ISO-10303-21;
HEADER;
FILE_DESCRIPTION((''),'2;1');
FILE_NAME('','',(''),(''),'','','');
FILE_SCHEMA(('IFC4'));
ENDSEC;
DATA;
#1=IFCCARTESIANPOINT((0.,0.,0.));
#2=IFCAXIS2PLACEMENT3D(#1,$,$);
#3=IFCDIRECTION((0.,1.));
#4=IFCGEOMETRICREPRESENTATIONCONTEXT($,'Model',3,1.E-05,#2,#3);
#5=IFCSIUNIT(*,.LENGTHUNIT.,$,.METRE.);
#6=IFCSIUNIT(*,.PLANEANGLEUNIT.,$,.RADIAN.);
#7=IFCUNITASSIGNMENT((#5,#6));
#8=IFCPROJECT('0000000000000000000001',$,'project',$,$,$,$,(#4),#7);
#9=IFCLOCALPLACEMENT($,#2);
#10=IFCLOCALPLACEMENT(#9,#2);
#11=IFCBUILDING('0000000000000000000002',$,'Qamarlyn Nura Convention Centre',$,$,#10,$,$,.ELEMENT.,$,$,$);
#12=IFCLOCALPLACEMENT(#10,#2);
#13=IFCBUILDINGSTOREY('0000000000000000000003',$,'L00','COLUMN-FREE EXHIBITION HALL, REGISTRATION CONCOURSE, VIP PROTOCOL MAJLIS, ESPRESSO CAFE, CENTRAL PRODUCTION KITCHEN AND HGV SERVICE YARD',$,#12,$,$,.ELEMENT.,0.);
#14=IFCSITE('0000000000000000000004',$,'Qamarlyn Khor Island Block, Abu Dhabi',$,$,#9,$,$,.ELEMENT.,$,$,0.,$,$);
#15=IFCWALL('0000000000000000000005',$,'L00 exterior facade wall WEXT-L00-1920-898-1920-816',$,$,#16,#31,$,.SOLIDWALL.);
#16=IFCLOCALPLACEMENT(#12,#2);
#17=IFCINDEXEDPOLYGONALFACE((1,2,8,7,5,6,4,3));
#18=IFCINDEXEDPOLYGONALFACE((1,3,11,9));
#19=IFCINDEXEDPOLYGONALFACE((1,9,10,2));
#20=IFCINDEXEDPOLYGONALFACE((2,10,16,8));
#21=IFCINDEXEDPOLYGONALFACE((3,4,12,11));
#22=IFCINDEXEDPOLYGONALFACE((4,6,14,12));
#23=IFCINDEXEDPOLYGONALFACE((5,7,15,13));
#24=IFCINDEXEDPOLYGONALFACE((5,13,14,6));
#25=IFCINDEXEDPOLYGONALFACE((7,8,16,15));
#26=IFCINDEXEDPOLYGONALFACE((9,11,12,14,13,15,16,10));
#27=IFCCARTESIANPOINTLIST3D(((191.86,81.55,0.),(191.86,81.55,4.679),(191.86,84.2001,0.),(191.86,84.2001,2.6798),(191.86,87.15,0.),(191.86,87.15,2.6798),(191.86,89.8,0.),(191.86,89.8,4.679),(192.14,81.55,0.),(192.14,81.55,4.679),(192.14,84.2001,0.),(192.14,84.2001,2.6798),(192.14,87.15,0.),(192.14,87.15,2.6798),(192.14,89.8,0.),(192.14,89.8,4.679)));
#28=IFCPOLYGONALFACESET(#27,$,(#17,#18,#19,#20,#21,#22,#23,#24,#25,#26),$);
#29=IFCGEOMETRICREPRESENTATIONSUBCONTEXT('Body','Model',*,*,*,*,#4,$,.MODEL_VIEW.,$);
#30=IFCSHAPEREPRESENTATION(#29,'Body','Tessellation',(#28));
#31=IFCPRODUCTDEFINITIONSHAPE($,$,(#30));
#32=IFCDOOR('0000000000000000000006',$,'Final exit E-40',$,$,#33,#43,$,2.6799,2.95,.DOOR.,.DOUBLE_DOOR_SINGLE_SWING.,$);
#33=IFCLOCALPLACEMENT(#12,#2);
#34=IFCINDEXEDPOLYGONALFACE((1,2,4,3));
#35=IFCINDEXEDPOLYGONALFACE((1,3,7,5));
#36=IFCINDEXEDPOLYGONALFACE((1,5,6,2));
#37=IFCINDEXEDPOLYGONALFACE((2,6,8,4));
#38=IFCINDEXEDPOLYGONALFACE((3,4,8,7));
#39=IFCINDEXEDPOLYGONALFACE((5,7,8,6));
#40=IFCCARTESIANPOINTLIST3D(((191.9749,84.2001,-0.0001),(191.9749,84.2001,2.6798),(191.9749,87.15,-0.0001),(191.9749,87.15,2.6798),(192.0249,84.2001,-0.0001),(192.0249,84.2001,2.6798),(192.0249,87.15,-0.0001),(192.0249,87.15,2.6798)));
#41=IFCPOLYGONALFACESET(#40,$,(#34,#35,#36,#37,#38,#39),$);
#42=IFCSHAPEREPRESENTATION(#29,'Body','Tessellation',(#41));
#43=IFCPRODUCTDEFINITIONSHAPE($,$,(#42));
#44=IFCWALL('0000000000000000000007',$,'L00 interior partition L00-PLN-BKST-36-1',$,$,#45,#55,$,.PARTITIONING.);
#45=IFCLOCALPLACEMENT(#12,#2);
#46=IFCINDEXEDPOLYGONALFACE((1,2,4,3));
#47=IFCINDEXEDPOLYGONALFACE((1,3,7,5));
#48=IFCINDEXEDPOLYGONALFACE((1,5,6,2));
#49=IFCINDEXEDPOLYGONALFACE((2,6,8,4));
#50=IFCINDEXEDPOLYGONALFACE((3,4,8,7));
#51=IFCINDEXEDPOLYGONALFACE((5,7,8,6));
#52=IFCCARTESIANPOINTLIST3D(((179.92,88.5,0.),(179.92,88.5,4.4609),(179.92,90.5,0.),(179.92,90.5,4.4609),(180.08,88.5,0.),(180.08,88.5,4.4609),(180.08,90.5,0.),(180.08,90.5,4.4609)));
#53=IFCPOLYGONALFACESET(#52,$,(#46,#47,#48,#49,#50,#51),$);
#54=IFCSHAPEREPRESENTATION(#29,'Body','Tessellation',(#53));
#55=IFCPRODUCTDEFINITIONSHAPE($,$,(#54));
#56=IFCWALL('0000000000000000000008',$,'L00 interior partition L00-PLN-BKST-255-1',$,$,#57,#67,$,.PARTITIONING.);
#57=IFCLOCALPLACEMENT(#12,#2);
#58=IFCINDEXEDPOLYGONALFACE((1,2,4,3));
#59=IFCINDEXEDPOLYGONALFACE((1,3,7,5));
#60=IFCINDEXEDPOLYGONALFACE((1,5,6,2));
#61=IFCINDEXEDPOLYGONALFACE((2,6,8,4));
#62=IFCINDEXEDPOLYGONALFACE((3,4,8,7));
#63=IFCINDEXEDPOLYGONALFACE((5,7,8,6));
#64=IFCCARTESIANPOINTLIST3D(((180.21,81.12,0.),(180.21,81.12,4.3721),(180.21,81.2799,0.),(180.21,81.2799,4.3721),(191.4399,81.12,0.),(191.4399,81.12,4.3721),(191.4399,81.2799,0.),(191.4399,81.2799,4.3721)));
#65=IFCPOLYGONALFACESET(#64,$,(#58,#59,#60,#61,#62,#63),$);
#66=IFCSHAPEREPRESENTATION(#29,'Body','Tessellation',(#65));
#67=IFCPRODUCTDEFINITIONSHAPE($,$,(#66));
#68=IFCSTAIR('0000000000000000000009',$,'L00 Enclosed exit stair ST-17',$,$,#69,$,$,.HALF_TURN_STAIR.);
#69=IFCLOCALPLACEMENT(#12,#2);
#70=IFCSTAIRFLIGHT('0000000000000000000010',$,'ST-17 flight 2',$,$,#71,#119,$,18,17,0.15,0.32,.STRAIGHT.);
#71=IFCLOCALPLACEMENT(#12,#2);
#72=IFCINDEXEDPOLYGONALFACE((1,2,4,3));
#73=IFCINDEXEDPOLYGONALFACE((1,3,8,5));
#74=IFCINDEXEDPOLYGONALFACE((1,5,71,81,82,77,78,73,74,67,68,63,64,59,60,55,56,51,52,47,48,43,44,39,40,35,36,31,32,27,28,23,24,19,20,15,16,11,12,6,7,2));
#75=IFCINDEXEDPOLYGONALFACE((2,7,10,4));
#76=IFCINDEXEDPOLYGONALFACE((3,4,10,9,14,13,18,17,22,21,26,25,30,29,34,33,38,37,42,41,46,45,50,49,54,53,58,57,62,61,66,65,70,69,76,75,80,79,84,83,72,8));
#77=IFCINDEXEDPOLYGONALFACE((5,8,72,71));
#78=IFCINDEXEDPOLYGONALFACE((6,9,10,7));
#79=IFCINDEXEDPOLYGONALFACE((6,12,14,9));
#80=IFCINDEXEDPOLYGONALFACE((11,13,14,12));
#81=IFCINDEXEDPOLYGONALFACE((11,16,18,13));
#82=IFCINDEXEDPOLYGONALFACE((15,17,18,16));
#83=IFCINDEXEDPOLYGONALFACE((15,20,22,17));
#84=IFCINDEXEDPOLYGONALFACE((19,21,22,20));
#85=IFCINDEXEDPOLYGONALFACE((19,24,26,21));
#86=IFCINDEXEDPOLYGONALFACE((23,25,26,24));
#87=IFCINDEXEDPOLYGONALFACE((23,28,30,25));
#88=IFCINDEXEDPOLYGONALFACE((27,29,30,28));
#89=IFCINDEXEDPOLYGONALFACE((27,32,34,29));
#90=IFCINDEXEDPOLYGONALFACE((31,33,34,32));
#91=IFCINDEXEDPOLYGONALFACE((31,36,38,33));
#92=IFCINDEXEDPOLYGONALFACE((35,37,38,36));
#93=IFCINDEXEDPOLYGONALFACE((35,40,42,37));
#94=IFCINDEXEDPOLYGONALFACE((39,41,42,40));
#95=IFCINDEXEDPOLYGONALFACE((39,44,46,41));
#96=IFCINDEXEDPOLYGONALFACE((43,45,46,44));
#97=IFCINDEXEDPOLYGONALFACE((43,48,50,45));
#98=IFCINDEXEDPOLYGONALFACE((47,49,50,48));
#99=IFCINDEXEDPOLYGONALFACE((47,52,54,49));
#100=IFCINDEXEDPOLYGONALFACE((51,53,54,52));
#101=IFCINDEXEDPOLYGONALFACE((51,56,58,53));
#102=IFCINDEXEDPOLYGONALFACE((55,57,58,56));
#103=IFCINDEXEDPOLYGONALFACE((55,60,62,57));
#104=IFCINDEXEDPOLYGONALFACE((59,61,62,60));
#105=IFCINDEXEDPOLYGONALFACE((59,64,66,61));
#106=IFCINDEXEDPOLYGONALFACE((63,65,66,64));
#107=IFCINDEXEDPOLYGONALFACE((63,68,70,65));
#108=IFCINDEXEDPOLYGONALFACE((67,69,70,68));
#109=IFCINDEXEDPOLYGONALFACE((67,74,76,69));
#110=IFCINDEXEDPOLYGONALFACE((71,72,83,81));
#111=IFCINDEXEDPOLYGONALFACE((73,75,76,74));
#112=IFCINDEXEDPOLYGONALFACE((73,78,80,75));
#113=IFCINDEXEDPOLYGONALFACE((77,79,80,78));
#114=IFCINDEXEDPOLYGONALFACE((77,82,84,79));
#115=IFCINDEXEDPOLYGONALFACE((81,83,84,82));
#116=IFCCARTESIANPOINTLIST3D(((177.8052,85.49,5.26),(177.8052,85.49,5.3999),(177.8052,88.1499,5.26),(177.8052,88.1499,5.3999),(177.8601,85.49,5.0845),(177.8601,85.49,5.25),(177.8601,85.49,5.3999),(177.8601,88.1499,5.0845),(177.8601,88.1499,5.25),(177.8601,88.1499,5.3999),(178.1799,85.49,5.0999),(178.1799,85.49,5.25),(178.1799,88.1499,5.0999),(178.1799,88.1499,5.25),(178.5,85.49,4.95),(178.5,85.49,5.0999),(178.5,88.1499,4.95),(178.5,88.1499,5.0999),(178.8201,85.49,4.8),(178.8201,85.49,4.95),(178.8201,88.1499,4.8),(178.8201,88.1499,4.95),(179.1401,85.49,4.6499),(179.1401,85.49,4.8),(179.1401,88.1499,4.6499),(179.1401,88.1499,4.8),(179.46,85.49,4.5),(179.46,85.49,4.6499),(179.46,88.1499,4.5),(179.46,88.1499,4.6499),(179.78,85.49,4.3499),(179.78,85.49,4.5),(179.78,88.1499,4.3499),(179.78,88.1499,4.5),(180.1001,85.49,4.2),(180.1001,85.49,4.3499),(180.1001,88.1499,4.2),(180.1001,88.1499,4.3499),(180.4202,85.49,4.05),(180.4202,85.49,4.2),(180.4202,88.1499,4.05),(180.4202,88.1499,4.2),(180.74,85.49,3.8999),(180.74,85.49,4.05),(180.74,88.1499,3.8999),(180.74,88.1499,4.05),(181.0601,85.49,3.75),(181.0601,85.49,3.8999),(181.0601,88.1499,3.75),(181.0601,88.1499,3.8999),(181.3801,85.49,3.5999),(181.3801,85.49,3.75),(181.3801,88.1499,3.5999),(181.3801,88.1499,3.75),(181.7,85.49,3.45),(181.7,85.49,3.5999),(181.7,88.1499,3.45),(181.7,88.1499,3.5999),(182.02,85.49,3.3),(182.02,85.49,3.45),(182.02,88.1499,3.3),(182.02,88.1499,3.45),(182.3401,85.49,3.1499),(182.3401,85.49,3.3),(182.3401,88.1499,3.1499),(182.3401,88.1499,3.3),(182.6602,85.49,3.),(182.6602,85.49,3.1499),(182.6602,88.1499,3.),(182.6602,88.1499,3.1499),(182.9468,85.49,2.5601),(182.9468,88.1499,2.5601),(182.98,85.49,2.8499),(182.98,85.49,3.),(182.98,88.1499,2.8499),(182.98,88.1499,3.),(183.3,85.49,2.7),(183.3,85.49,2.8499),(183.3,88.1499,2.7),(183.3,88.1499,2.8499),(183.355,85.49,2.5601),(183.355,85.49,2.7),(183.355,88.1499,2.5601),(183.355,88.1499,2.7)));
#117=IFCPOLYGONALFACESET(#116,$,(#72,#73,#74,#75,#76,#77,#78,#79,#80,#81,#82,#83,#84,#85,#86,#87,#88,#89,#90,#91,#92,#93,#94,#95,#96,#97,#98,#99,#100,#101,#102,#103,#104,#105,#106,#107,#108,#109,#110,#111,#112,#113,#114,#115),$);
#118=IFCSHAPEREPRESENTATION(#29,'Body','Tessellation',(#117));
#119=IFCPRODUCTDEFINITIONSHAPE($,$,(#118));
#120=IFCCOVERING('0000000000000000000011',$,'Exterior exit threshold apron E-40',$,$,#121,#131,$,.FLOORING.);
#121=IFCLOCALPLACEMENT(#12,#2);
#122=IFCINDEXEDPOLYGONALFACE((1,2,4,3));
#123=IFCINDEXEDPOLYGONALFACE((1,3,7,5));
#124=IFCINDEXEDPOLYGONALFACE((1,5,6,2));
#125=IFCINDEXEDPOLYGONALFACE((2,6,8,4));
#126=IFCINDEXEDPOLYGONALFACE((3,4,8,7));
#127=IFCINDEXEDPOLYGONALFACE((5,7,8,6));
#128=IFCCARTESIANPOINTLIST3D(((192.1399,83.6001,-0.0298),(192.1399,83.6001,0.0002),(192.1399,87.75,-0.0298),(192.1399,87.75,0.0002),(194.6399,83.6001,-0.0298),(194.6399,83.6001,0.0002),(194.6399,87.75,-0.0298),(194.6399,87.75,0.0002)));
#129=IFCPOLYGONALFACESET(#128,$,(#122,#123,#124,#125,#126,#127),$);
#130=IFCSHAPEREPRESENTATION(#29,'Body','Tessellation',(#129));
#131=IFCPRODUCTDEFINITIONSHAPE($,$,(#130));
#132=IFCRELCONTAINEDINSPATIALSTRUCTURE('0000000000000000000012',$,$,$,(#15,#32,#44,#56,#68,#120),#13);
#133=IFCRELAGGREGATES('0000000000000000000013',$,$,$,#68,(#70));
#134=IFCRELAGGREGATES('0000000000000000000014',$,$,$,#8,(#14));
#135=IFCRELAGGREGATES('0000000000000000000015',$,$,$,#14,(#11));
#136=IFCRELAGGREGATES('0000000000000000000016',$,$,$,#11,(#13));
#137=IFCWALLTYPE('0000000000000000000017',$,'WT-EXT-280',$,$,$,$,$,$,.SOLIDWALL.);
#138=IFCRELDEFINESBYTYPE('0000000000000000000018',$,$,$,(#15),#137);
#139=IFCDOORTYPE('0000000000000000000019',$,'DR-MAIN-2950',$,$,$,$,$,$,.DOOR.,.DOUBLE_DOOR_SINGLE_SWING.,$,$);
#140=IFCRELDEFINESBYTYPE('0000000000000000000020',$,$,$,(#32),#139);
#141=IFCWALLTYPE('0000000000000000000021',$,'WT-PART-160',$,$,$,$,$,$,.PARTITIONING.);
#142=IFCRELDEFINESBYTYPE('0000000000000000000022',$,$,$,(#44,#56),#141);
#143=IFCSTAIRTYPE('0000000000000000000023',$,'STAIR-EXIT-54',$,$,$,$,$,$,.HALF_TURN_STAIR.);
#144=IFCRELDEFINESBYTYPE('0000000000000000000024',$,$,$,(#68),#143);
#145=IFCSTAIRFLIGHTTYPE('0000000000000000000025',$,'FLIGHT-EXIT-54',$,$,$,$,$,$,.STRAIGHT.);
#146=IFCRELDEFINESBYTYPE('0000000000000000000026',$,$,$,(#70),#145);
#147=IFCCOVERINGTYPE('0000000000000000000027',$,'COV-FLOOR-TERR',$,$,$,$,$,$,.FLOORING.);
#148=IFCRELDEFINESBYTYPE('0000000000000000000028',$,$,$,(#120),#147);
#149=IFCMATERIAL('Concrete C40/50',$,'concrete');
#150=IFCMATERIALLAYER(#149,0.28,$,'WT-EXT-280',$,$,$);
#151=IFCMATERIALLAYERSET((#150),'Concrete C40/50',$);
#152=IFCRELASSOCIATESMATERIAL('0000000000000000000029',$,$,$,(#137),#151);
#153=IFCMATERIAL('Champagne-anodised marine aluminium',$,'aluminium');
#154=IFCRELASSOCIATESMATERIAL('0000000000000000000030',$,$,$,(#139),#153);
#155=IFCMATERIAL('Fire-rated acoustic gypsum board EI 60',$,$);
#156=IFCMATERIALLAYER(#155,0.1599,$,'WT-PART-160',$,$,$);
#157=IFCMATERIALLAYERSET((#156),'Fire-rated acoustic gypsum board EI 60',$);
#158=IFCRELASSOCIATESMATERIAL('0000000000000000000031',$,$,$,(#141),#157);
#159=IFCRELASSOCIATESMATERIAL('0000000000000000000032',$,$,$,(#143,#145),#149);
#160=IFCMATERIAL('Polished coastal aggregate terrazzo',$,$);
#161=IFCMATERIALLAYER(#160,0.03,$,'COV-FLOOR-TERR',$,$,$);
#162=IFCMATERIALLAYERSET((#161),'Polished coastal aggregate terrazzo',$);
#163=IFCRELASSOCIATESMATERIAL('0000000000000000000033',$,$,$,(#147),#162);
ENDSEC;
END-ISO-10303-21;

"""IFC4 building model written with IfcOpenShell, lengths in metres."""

from ifc_helpers import new_model, si_unit, direction, frame, frame_2d, origin, origin_2d, place, context, subcontext, project, spatial, polyline, rectangle, outline, extrude, material, layer, layer_set, type_object, element, fill, aggregate, save


model = new_model("IFC4")

# Units and contexts
model_context = context("Model", 3, precision=1e-05, world=origin(), true_north=direction((0.0, 1.0)))
body_context = subcontext(model_context, "Body", "Model", "MODEL_VIEW")
ifc_project = project(units=[si_unit("LENGTHUNIT", "METRE"), si_unit("PLANEANGLEUNIT", "RADIAN")], contexts=[model_context])

# Site, building, storey
site_placement = place(None, origin())
site = spatial("IfcSite", under=ifc_project, at=site_placement, Name="Qamarlyn Khor Island Block, Abu Dhabi", CompositionType="ELEMENT", RefElevation=0.0)
building_placement = place(site_placement, origin())
building = spatial("IfcBuilding", under=site, at=building_placement, Name="Qamarlyn Nura Convention Centre", CompositionType="ELEMENT")
storey_placement = place(building_placement, origin())
storey = spatial("IfcBuildingStorey", under=building, at=storey_placement, Name="L00", Description="COLUMN-FREE EXHIBITION HALL, REGISTRATION CONCOURSE, VIP PROTOCOL MAJLIS, ESPRESSO CAFE, CENTRAL PRODUCTION KITCHEN AND HGV SERVICE YARD", CompositionType="ELEMENT", Elevation=0.0)

# Wall, opening, door
ifc_material_1 = material(Name="Concrete C40/50", Category="concrete")
ifc_layer_1 = layer(ifc_material_1, 0.28, Name="WT-EXT-280")
ifc_layer_set_1 = layer_set([ifc_layer_1], Name="Concrete C40/50")
wall_type_1 = type_object("IfcWallType", Name="WT-EXT-280", PredefinedType="SOLIDWALL", material=ifc_layer_set_1)
wall_1_placement = place(storey_placement, frame((192.0, 89.8, 0.0), z_axis=(0.0, 0.0, 1.0), x_axis=(0.0, -1.0, 0.0)))
wall_1 = element("IfcWall", 1, at=wall_1_placement, inside=storey, type_object=wall_type_1, Name="L00 exterior facade wall WEXT-L00-1920-898-1920-816", PredefinedType="SOLIDWALL", context=body_context, shape_type="SweptSolid", body=[
    extrude(rectangle(XDim=8.25, YDim=0.28, at=frame_2d((4.125, 0.0))), origin(), (0.0, 0.0, 1.0), 4.679),
])
opening_1_placement = place(wall_1_placement, frame((2.6499, 0.0, 0.0)))
opening_1 = element("IfcOpeningElement", 2, at=opening_1_placement, cuts=wall_1, PredefinedType="OPENING", context=body_context, shape_type="SweptSolid", body=[
    extrude(rectangle(XDim=2.95, YDim=2.6799, at=frame_2d((1.4751, 1.3398))), frame((0.0, 0.1499, 0.0), z_axis=(0.0, -1.0, 0.0), x_axis=(1.0, 0.0, 0.0)), (0.0, 0.0, 1.0), 0.3),
])
ifc_material_2 = material(Name="Champagne-anodised marine aluminium", Category="aluminium")
door_type_1 = type_object("IfcDoorType", Name="DR-MAIN-2950", OperationType="DOUBLE_DOOR_SINGLE_SWING", PredefinedType="DOOR", material=ifc_material_2)
door_1_placement = place(opening_1_placement, origin())
door_1 = element("IfcDoor", 3, at=door_1_placement, inside=storey, type_object=door_type_1, Name="Final exit E-40", OperationType="DOUBLE_DOOR_SINGLE_SWING", OverallHeight=2.6799, OverallWidth=2.95, PredefinedType="DOOR", context=body_context, shape_type="SweptSolid", body=[
    extrude(rectangle(XDim=2.95, YDim=2.6799, at=frame_2d((1.4751, 1.3398))), frame((0.0, 0.0249, 0.0), z_axis=(0.0, -1.0, 0.0), x_axis=(1.0, 0.0, 0.0)), (0.0, 0.0, 1.0), 0.05),
])
fill(opening_1, door_1)

# Walls
ifc_material_3 = material(Name="Fire-rated acoustic gypsum board EI 60")
ifc_layer_2 = layer(ifc_material_3, 0.1599, Name="WT-PART-160")
ifc_layer_set_2 = layer_set([ifc_layer_2], Name="Fire-rated acoustic gypsum board EI 60")
wall_type_2 = type_object("IfcWallType", Name="WT-PART-160", PredefinedType="PARTITIONING", material=ifc_layer_set_2)
wall_2_placement = place(storey_placement, frame((180.0, 88.5, 0.0), z_axis=(0.0, 0.0, 1.0), x_axis=(0.0, 1.0, 0.0)))
element("IfcWall", 4, at=wall_2_placement, inside=storey, type_object=wall_type_2, Name="L00 interior partition L00-PLN-BKST-36-1", PredefinedType="PARTITIONING", context=body_context, shape_type="SweptSolid", body=[
    extrude(rectangle(XDim=2.0, YDim=0.1599, at=frame_2d((1.0, 0.0))), origin(), (0.0, 0.0, 1.0), 4.4609),
])
wall_3_placement = place(storey_placement, frame((191.4399, 81.2, 0.0), z_axis=(0.0, 0.0, 1.0), x_axis=(-1.0, 0.0, 0.0)))
element("IfcWall", 5, at=wall_3_placement, inside=storey, type_object=wall_type_2, Name="L00 interior partition L00-PLN-BKST-255-1", PredefinedType="PARTITIONING", context=body_context, shape_type="SweptSolid", body=[
    extrude(rectangle(XDim=11.23, YDim=0.1599, at=frame_2d((5.615, 0.0))), origin(), (0.0, 0.0, 1.0), 4.3721),
])

# Stair, stair flight
stair_type = type_object("IfcStairType", Name="STAIR-EXIT-54", PredefinedType="HALF_TURN_STAIR", material=ifc_material_1)
stair_placement = place(storey_placement, origin())
stair = element("IfcStair", 6, at=stair_placement, inside=storey, type_object=stair_type, Name="L00 Enclosed exit stair ST-17", PredefinedType="HALF_TURN_STAIR")
stair_flight_type = type_object("IfcStairFlightType", Name="FLIGHT-EXIT-54", PredefinedType="STRAIGHT", material=ifc_material_1)
stair_flight_placement = place(storey_placement, frame((183.3, 86.8201, 2.7), z_axis=(0.0, 0.0, 1.0), x_axis=(-1.0, 0.0, 0.0)))
stair_flight = element("IfcStairFlight", 7, at=stair_flight_placement, type_object=stair_flight_type, Name="ST-17 flight 2", NumberOfRisers=18, NumberOfTreads=17, PredefinedType="STRAIGHT", RiserHeight=0.15, TreadLength=0.32, context=body_context, shape_type="SweptSolid", body=[
    extrude(outline(polyline([(-0.0549, 0.0), (0.0, 0.0), (0.0, 0.1499), (0.3201, 0.1499), (0.3201, 0.3), (0.6399, 0.3), (0.6399, 0.45), (0.96, 0.45), (0.96, 0.6001), (1.28, 0.6001), (1.28, 0.75), (1.6001, 0.75), (1.6001, 0.8999), (1.9199, 0.8999), (1.9199, 1.05), (2.24, 1.05), (2.24, 1.2), (2.5601, 1.2), (2.5601, 1.3501), (2.8799, 1.3501), (2.8799, 1.5), (3.2, 1.5), (3.2, 1.6499), (3.52, 1.6499), (3.52, 1.8), (3.8401, 1.8), (3.8401, 1.95), (4.1599, 1.95), (4.1599, 2.1001), (4.48, 2.1001), (4.48, 2.25), (4.8, 2.25), (4.8, 2.3999), (5.1201, 2.3999), (5.1201, 2.55), (5.4399, 2.55), (5.4399, 2.7), (5.4949, 2.7), (5.4949, 2.5601), (5.4399, 2.3845), (0.3533, -0.1399), (-0.0549, -0.1399), (-0.0549, 0.0)])), frame((0.0, 1.3301, 0.0), z_axis=(0.0, -1.0, 0.0), x_axis=(1.0, 0.0, 0.0)), (0.0, 0.0, 1.0), 2.6599),
])
aggregate(stair, [stair_flight])

# Covering
ifc_material_4 = material(Name="Polished coastal aggregate terrazzo")
ifc_layer_3 = layer(ifc_material_4, 0.03, Name="COV-FLOOR-TERR")
ifc_layer_set_3 = layer_set([ifc_layer_3], Name="Polished coastal aggregate terrazzo")
covering_type = type_object("IfcCoveringType", Name="COV-FLOOR-TERR", PredefinedType="FLOORING", material=ifc_layer_set_3)
covering_placement = place(storey_placement, frame((193.3899, 85.675, -0.0298), z_axis=(0.0, 0.0, 1.0), x_axis=(0.0, -1.0, 0.0)))
element("IfcCovering", 8, at=covering_placement, inside=storey, type_object=covering_type, Name="Exterior exit threshold apron E-40", PredefinedType="FLOORING", context=body_context, shape_type="SweptSolid", body=[
    extrude(rectangle(XDim=4.1499, YDim=2.5, at=origin_2d()), origin(), (0.0, 0.0, 1.0), 0.03),
])

save(model, "model.ifc")
